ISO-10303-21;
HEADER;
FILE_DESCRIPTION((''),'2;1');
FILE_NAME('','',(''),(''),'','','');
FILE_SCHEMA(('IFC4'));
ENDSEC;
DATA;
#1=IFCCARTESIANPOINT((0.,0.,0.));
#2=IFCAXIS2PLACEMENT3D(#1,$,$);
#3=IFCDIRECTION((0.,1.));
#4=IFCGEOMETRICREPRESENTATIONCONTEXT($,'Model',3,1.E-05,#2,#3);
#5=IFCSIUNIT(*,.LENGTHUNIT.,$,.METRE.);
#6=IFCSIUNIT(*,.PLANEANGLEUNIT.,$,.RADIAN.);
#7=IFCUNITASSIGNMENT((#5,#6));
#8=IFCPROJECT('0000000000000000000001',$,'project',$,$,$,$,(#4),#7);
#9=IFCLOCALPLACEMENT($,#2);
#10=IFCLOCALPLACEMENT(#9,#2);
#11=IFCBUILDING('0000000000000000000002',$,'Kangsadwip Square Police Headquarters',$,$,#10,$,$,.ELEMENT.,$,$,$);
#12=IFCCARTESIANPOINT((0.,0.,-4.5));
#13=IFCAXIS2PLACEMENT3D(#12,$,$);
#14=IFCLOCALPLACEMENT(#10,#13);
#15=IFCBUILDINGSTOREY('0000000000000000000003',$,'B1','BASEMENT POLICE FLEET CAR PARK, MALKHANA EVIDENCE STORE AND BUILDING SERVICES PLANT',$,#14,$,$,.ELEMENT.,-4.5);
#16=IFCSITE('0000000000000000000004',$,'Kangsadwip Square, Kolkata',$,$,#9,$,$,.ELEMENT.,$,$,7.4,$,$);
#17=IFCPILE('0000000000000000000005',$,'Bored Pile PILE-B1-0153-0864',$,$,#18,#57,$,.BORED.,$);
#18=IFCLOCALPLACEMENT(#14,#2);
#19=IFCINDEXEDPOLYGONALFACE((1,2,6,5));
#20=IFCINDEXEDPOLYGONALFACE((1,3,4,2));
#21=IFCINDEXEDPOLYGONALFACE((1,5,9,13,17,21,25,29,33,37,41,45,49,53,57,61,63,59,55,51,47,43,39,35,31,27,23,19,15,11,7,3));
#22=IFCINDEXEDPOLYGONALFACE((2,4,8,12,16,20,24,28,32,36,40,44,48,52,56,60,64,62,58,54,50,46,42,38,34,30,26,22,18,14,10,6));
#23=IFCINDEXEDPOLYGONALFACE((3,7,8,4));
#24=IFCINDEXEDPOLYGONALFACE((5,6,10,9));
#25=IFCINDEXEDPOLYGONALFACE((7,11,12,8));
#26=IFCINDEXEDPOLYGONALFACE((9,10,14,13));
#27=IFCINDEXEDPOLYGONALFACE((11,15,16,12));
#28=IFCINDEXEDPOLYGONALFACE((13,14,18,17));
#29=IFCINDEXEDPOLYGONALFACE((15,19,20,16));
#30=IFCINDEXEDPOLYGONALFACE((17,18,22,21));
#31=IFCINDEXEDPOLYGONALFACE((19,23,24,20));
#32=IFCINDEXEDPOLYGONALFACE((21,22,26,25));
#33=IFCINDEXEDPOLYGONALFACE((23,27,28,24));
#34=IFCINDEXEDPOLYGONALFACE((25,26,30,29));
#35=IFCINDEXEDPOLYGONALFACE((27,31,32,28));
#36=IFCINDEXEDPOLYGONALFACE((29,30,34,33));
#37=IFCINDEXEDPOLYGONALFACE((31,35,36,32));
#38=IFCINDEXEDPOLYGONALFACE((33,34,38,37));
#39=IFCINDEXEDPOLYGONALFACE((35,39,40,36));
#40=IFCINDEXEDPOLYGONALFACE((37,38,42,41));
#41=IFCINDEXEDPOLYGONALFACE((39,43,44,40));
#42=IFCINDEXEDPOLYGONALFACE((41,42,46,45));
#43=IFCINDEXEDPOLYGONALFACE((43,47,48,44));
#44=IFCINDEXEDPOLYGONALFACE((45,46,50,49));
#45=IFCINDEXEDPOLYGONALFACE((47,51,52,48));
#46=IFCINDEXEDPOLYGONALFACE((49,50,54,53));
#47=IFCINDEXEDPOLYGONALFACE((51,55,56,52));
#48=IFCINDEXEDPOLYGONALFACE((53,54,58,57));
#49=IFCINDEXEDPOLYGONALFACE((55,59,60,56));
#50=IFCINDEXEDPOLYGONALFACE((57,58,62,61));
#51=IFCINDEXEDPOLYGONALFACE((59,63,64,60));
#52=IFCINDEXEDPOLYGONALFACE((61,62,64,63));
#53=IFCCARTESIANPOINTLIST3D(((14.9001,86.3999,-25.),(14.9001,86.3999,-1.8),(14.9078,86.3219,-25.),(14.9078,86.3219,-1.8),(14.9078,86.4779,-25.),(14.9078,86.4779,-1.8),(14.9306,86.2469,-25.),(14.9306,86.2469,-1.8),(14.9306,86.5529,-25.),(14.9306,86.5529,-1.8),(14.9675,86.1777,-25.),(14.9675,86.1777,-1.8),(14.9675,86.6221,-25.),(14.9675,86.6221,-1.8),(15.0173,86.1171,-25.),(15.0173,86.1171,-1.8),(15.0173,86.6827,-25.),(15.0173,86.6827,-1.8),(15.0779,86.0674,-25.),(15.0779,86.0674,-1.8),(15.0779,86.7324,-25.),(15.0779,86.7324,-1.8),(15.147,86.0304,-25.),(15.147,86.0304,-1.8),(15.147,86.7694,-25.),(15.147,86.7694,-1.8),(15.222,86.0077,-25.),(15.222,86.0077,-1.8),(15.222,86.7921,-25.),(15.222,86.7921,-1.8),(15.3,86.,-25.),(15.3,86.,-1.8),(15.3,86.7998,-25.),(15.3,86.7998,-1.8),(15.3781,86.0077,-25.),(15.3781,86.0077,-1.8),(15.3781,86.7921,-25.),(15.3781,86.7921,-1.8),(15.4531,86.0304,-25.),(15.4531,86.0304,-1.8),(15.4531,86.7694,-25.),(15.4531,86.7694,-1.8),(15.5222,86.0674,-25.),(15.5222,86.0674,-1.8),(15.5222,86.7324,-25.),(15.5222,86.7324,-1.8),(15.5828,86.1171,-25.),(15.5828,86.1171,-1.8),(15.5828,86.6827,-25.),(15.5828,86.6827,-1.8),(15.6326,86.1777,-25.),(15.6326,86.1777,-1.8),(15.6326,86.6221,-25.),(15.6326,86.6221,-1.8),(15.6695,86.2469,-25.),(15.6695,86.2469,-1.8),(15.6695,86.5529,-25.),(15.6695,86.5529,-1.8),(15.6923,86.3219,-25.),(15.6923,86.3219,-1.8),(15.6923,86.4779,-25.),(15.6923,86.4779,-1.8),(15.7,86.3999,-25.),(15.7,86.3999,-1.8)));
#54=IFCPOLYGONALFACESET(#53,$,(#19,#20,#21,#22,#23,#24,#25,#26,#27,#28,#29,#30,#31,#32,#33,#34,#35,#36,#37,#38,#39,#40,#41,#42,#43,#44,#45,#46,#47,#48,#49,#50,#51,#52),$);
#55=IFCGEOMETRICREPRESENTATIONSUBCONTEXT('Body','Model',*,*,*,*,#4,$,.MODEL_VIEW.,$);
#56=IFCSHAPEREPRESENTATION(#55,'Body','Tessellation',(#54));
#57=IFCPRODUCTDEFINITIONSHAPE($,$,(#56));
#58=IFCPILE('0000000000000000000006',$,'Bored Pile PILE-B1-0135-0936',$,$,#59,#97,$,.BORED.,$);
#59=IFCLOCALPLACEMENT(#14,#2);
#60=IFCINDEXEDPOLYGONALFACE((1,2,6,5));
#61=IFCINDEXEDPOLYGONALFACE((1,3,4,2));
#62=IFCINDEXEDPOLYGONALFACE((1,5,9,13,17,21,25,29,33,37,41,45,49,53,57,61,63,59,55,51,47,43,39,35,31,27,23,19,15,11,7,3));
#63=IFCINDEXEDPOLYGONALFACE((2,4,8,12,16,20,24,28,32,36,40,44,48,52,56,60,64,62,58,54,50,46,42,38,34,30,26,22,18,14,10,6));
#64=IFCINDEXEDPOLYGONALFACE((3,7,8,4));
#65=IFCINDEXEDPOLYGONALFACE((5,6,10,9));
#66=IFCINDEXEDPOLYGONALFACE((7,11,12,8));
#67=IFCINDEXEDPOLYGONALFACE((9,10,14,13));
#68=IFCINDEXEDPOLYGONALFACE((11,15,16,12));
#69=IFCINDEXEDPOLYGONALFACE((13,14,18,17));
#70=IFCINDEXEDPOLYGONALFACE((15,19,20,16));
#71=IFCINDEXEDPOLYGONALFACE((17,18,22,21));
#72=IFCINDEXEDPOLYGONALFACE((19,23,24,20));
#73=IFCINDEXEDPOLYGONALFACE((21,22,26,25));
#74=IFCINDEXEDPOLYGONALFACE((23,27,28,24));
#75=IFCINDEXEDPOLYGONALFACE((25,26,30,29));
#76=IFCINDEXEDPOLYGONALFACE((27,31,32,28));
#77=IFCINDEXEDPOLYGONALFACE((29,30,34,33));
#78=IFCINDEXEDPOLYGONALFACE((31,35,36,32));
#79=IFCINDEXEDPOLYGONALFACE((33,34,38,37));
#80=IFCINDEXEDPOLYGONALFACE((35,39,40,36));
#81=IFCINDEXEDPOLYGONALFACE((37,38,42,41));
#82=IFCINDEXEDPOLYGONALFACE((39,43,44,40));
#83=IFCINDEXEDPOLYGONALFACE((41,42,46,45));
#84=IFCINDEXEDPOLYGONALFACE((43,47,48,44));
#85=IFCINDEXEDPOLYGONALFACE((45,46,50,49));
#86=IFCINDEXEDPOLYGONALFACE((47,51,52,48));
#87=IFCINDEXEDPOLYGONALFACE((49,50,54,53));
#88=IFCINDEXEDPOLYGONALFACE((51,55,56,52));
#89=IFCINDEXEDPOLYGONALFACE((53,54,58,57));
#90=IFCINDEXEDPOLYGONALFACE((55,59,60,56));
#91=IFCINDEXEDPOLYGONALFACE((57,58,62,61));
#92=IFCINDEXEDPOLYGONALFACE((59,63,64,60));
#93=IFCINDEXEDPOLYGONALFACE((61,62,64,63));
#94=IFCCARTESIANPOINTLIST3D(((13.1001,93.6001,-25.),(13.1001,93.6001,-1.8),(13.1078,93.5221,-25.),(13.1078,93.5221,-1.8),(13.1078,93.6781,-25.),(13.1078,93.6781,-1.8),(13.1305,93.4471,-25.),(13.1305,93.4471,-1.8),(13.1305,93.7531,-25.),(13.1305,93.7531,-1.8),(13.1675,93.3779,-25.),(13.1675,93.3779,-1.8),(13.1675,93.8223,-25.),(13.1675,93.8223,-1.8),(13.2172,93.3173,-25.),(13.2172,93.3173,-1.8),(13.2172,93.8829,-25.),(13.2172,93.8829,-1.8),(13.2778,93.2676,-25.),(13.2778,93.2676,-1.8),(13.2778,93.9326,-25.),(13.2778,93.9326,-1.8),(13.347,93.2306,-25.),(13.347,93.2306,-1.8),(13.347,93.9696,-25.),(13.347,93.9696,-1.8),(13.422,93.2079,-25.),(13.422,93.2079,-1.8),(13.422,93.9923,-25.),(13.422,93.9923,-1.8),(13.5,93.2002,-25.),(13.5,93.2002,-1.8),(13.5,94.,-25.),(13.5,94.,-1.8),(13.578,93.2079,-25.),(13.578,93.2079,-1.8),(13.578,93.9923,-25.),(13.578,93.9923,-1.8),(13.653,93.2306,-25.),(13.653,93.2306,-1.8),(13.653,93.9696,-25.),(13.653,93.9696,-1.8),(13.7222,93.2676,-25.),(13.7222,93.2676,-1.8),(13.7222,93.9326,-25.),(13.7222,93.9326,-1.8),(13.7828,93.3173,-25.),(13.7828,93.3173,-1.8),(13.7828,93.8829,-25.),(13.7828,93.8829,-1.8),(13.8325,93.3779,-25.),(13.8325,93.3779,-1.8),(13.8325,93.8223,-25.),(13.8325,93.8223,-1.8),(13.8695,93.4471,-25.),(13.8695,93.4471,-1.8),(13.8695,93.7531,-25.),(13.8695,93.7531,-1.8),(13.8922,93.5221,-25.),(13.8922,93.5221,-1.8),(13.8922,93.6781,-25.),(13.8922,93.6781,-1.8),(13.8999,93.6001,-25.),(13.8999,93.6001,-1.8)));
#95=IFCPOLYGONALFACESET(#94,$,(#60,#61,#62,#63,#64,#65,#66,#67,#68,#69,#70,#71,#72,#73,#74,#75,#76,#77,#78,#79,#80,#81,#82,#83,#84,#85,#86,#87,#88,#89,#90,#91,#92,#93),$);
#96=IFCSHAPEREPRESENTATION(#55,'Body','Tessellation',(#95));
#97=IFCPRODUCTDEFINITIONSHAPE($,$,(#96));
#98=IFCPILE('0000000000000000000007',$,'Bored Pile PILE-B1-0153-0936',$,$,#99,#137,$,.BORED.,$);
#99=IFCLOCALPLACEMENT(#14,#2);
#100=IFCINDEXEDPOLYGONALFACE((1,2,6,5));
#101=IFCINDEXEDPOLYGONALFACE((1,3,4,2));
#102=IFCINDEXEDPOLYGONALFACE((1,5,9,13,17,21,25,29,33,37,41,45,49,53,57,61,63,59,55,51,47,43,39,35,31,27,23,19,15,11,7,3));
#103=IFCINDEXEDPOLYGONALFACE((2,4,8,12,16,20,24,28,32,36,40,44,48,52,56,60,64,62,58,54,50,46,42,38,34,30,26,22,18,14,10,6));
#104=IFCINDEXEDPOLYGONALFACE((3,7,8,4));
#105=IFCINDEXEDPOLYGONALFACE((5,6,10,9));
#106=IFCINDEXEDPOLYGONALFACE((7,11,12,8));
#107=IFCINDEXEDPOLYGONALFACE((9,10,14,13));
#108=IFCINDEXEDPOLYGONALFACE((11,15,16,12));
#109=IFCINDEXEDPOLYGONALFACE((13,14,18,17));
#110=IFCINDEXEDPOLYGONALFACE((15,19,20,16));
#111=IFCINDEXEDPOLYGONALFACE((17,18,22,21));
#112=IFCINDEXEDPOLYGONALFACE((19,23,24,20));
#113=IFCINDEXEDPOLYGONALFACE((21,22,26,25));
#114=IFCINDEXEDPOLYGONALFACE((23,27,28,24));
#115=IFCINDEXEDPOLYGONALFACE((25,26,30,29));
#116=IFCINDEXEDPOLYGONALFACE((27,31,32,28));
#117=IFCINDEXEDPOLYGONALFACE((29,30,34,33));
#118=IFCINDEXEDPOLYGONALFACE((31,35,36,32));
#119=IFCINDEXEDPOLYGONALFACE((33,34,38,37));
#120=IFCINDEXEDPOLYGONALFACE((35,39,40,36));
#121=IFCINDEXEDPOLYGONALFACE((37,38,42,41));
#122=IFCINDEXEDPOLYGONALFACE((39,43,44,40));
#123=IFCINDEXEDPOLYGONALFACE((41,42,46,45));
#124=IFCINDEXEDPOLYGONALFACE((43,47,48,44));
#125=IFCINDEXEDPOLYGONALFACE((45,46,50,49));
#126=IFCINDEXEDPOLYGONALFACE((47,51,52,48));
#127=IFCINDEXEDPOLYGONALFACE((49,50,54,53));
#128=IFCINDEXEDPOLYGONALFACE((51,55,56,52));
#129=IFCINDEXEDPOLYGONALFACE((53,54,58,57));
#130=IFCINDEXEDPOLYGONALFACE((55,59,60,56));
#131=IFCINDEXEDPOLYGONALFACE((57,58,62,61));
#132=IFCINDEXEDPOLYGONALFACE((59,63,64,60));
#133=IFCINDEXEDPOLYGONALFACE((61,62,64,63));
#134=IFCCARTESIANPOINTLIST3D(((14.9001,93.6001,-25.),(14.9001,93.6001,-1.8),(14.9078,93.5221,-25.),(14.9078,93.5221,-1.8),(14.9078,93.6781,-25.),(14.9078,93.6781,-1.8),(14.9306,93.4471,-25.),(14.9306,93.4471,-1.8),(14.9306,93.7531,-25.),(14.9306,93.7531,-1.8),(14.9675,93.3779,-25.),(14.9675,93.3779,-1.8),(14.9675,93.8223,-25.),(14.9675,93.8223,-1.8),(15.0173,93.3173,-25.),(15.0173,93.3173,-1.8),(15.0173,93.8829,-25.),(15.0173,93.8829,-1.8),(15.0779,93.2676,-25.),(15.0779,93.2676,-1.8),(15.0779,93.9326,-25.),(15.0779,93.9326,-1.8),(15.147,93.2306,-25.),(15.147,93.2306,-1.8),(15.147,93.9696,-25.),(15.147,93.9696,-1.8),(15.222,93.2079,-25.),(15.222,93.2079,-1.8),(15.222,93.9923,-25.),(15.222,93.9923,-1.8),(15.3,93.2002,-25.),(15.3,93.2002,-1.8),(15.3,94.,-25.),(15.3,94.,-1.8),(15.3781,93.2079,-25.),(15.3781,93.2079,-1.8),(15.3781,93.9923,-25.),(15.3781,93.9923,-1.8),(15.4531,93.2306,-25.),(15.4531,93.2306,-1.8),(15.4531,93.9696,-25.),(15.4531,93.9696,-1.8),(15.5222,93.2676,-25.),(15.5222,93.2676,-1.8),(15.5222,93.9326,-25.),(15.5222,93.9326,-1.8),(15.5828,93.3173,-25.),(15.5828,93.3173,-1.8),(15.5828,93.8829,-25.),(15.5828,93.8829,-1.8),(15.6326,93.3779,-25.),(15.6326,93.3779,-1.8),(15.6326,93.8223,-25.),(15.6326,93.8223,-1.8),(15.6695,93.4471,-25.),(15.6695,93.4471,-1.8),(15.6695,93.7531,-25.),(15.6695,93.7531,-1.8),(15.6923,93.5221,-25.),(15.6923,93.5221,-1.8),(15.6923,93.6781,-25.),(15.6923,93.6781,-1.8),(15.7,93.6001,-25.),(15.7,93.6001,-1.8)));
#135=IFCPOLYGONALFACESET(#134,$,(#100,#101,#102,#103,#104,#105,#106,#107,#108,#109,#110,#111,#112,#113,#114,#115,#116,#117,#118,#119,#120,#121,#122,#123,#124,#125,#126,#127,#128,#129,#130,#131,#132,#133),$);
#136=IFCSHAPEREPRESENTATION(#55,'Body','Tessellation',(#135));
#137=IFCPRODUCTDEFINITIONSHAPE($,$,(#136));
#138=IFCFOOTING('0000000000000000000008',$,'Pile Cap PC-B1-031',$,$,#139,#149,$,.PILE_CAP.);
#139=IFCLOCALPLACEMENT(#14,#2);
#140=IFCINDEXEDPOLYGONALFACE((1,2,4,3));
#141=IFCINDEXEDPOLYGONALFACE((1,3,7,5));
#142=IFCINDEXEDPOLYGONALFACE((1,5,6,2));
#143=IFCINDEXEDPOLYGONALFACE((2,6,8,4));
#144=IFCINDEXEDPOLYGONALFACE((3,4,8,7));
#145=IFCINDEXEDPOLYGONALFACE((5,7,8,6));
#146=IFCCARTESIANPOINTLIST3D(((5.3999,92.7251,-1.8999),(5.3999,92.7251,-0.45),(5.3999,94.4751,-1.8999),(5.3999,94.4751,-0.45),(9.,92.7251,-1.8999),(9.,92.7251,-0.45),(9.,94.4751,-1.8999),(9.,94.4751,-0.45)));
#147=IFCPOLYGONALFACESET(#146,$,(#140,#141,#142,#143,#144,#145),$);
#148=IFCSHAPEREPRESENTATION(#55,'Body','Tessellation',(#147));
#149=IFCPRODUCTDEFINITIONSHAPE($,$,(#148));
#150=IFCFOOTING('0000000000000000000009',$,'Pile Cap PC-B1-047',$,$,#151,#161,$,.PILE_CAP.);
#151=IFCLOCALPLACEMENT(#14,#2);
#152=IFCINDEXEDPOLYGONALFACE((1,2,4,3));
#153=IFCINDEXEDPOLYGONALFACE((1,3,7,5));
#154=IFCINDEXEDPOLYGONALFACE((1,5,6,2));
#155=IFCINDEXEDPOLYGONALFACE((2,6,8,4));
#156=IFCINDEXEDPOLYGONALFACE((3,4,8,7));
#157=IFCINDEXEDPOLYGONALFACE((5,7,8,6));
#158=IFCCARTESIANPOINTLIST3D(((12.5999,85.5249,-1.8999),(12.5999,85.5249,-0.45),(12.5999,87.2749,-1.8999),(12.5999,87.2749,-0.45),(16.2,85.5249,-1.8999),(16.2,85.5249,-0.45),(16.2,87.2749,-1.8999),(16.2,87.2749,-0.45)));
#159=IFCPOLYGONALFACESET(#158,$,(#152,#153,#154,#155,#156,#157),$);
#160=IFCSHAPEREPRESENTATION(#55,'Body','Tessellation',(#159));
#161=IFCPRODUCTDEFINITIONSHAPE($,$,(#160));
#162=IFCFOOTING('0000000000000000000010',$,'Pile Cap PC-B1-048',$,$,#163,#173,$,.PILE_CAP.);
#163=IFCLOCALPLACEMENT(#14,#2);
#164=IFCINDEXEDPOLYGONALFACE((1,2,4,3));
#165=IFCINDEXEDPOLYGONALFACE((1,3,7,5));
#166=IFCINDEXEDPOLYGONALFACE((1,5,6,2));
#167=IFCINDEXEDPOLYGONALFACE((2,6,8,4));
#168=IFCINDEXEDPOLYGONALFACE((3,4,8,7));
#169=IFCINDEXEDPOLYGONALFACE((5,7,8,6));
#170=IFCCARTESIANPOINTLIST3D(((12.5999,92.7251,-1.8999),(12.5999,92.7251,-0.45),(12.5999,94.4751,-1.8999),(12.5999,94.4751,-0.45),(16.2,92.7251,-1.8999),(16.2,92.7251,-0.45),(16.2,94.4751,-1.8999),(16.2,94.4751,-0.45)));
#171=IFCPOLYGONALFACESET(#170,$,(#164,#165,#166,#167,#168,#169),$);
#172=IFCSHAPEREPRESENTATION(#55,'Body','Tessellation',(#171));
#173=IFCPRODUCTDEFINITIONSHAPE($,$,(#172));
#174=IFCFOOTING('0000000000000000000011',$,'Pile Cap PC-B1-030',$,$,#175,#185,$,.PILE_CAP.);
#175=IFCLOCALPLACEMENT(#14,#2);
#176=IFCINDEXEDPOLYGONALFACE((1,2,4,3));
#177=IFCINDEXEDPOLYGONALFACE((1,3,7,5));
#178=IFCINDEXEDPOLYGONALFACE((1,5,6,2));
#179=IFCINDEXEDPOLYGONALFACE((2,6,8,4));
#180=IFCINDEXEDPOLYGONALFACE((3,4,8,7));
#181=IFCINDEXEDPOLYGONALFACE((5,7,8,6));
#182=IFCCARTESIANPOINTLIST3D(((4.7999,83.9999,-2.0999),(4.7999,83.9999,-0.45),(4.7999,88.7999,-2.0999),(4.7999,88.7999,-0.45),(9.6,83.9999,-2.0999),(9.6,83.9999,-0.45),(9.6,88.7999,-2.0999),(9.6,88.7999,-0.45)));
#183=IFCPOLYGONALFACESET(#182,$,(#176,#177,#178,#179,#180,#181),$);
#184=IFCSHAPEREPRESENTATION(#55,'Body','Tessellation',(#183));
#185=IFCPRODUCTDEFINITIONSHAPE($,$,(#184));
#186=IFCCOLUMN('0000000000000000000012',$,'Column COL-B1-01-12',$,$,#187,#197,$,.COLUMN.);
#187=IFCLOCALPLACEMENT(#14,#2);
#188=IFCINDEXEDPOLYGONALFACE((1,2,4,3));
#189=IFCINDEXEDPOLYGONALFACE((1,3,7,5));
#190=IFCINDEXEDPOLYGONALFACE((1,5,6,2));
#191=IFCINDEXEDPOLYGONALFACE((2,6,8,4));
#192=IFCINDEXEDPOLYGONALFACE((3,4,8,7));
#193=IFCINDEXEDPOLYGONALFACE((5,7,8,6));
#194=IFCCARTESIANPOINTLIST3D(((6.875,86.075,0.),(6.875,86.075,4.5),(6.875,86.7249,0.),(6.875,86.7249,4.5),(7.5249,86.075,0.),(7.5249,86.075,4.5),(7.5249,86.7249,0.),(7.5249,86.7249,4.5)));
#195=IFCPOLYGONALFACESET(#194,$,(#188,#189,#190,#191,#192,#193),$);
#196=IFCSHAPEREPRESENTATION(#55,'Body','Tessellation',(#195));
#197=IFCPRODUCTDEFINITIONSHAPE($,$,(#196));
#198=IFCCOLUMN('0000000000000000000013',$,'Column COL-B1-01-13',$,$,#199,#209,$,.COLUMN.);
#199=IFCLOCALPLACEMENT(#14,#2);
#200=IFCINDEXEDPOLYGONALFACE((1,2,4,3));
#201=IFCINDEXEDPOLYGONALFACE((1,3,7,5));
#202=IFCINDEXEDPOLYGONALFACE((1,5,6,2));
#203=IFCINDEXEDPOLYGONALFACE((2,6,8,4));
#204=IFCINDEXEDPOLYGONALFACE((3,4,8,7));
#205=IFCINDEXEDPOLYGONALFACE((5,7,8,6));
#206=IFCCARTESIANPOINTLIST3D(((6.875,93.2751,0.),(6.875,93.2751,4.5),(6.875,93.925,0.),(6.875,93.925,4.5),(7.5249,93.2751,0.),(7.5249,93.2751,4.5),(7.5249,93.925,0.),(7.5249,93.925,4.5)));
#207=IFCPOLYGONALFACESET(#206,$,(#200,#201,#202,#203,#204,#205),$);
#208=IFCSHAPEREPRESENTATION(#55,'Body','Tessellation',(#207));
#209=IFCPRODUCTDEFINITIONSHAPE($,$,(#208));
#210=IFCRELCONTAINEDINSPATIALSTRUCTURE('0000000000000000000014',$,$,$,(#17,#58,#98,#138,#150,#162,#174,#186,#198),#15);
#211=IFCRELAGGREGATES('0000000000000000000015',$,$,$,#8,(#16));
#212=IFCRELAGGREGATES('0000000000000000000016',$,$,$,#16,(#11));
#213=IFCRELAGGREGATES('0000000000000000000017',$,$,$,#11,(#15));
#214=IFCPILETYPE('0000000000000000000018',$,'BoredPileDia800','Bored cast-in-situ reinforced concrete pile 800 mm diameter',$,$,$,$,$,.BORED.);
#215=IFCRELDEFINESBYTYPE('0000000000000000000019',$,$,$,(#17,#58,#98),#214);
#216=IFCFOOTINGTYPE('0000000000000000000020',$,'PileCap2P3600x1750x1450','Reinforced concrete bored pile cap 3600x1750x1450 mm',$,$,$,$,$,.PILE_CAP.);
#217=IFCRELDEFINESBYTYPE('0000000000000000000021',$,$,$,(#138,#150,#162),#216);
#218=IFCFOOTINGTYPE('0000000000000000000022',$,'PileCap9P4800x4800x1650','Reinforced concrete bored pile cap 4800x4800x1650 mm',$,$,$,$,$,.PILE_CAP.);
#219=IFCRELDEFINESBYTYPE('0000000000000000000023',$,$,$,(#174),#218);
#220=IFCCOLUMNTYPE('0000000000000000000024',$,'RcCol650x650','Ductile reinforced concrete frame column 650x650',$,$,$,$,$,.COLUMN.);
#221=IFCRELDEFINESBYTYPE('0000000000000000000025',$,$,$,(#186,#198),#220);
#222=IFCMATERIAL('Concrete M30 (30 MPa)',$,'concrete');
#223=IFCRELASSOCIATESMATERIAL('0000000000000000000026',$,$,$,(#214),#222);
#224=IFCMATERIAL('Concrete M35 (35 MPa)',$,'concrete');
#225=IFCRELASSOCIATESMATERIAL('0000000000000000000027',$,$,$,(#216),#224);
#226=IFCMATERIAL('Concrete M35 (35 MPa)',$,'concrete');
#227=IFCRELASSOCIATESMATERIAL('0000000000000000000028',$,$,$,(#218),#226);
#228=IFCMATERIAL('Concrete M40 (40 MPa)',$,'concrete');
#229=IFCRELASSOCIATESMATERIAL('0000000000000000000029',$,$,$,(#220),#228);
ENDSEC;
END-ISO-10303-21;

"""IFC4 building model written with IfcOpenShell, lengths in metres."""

from ifc_helpers import new_model, si_unit, direction, frame, origin, origin_2d, place, context, subcontext, project, spatial, rectangle, circle, extrude, material, material_profile, profile_set, type_object, element, save


model = new_model("IFC4")

# Units and contexts
model_context = context("Model", 3, precision=1e-05, world=origin(), true_north=direction((0.0, 1.0)))
body_context = subcontext(model_context, "Body", "Model", "MODEL_VIEW")
ifc_project = project(units=[si_unit("LENGTHUNIT", "METRE"), si_unit("PLANEANGLEUNIT", "RADIAN")], contexts=[model_context])

# Site, building, storey
site_placement = place(None, origin())
site = spatial("IfcSite", under=ifc_project, at=site_placement, Name="Kangsadwip Square, Kolkata", CompositionType="ELEMENT", RefElevation=7.4)
building_placement = place(site_placement, origin())
building = spatial("IfcBuilding", under=site, at=building_placement, Name="Kangsadwip Square Police Headquarters", CompositionType="ELEMENT")
storey_placement = place(building_placement, frame((0.0, 0.0, -4.5)))
storey = spatial("IfcBuildingStorey", under=building, at=storey_placement, Name="B1", Description="BASEMENT POLICE FLEET CAR PARK, MALKHANA EVIDENCE STORE AND BUILDING SERVICES PLANT", CompositionType="ELEMENT", Elevation=-4.5)

# Piles
ifc_material_1 = material(Name="Concrete M30 (30 MPa)", Category="concrete")
ifc_material_profile_1 = material_profile(ifc_material_1, circle(Radius=0.3999, at=origin_2d()), Name="PILE DIA 800")
ifc_profile_set_1 = profile_set([ifc_material_profile_1], Name="Concrete M30 (30 MPa)")
pile_type_1 = type_object("IfcPileType", Name="BoredPileDia800", Description="Bored cast-in-situ reinforced concrete pile 800 mm diameter", PredefinedType="BORED", material=ifc_profile_set_1)
for number, where, z_axis, x_axis, name in (
    (1, (15.3, 86.3999, -1.8), (0.0, 0.0, -1.0), (1.0, 0.0, 0.0), "Bored Pile PILE-B1-0153-0864"),
    (2, (13.5, 93.6001, -1.8), (0.0, 0.0, -1.0), (1.0, 0.0, 0.0), "Bored Pile PILE-B1-0135-0936"),
    (3, (15.3, 93.6001, -1.8), (0.0, 0.0, -1.0), (1.0, 0.0, 0.0), "Bored Pile PILE-B1-0153-0936"),
):
    element("IfcPile", number, at=place(storey_placement, frame(where, z_axis=z_axis, x_axis=x_axis)), inside=storey, type_object=pile_type_1, Name=name, PredefinedType="BORED", context=body_context, shape_type="SweptSolid", body=[
        extrude(circle(Radius=0.3999, at=origin_2d()), origin(), (0.0, 0.0, 1.0), 23.2),
    ])

# Footings
ifc_material_2 = material(Name="Concrete M35 (35 MPa)", Category="concrete")
footing_type_1 = type_object("IfcFootingType", Name="PileCap2P3600x1750x1450", Description="Reinforced concrete bored pile cap 3600x1750x1450 mm", PredefinedType="PILE_CAP", material=ifc_material_2)
for number, where, z_axis, x_axis, name in (
    (4, (7.2, 93.6001, -1.8999), (0.0, 0.0, 1.0), (1.0, 0.0, 0.0), "Pile Cap PC-B1-031"),
    (5, (14.3999, 86.3999, -1.8999), (0.0, 0.0, 1.0), (1.0, 0.0, 0.0), "Pile Cap PC-B1-047"),
    (6, (14.3999, 93.6001, -1.8999), (0.0, 0.0, 1.0), (1.0, 0.0, 0.0), "Pile Cap PC-B1-048"),
):
    element("IfcFooting", number, at=place(storey_placement, frame(where, z_axis=z_axis, x_axis=x_axis)), inside=storey, type_object=footing_type_1, Name=name, PredefinedType="PILE_CAP", context=body_context, shape_type="SweptSolid", body=[
        extrude(rectangle(XDim=3.6001, YDim=1.75, at=origin_2d()), origin(), (0.0, 0.0, 1.0), 1.45),
    ])
ifc_material_3 = material(Name="Concrete M35 (35 MPa)", Category="concrete")
footing_type_2 = type_object("IfcFootingType", Name="PileCap9P4800x4800x1650", Description="Reinforced concrete bored pile cap 4800x4800x1650 mm", PredefinedType="PILE_CAP", material=ifc_material_3)
footing_placement = place(storey_placement, frame((7.2, 86.3999, -2.0999), z_axis=(0.0, 0.0, 1.0), x_axis=(1.0, 0.0, 0.0)))
element("IfcFooting", 7, at=footing_placement, inside=storey, type_object=footing_type_2, Name="Pile Cap PC-B1-030", PredefinedType="PILE_CAP", context=body_context, shape_type="SweptSolid", body=[
    extrude(rectangle(XDim=4.8, YDim=4.8, at=origin_2d()), origin(), (0.0, 0.0, 1.0), 1.6499),
])

# Columns
ifc_material_4 = material(Name="Concrete M40 (40 MPa)", Category="concrete")
ifc_material_profile_2 = material_profile(ifc_material_4, rectangle(XDim=0.6499, YDim=0.6499, at=origin_2d()), Name="RC COL 650X650")
ifc_profile_set_2 = profile_set([ifc_material_profile_2], Name="Concrete M40 (40 MPa)")
column_type = type_object("IfcColumnType", Name="RcCol650x650", Description="Ductile reinforced concrete frame column 650x650", PredefinedType="COLUMN", material=ifc_profile_set_2)
for number, where, z_axis, x_axis, name in (
    (8, (7.2, 86.3999, 0.0), (0.0, 0.0, 1.0), (1.0, 0.0, 0.0), "Column COL-B1-01-12"),
    (9, (7.2, 93.6001, 0.0), (0.0, 0.0, 1.0), (1.0, 0.0, 0.0), "Column COL-B1-01-13"),
):
    element("IfcColumn", number, at=place(storey_placement, frame(where, z_axis=z_axis, x_axis=x_axis)), inside=storey, type_object=column_type, Name=name, PredefinedType="COLUMN", context=body_context, shape_type="SweptSolid", body=[
        extrude(rectangle(XDim=0.6499, YDim=0.6499, at=origin_2d()), origin(), (0.0, 0.0, 1.0), 4.5),
    ])

save(model, "model.ifc")
